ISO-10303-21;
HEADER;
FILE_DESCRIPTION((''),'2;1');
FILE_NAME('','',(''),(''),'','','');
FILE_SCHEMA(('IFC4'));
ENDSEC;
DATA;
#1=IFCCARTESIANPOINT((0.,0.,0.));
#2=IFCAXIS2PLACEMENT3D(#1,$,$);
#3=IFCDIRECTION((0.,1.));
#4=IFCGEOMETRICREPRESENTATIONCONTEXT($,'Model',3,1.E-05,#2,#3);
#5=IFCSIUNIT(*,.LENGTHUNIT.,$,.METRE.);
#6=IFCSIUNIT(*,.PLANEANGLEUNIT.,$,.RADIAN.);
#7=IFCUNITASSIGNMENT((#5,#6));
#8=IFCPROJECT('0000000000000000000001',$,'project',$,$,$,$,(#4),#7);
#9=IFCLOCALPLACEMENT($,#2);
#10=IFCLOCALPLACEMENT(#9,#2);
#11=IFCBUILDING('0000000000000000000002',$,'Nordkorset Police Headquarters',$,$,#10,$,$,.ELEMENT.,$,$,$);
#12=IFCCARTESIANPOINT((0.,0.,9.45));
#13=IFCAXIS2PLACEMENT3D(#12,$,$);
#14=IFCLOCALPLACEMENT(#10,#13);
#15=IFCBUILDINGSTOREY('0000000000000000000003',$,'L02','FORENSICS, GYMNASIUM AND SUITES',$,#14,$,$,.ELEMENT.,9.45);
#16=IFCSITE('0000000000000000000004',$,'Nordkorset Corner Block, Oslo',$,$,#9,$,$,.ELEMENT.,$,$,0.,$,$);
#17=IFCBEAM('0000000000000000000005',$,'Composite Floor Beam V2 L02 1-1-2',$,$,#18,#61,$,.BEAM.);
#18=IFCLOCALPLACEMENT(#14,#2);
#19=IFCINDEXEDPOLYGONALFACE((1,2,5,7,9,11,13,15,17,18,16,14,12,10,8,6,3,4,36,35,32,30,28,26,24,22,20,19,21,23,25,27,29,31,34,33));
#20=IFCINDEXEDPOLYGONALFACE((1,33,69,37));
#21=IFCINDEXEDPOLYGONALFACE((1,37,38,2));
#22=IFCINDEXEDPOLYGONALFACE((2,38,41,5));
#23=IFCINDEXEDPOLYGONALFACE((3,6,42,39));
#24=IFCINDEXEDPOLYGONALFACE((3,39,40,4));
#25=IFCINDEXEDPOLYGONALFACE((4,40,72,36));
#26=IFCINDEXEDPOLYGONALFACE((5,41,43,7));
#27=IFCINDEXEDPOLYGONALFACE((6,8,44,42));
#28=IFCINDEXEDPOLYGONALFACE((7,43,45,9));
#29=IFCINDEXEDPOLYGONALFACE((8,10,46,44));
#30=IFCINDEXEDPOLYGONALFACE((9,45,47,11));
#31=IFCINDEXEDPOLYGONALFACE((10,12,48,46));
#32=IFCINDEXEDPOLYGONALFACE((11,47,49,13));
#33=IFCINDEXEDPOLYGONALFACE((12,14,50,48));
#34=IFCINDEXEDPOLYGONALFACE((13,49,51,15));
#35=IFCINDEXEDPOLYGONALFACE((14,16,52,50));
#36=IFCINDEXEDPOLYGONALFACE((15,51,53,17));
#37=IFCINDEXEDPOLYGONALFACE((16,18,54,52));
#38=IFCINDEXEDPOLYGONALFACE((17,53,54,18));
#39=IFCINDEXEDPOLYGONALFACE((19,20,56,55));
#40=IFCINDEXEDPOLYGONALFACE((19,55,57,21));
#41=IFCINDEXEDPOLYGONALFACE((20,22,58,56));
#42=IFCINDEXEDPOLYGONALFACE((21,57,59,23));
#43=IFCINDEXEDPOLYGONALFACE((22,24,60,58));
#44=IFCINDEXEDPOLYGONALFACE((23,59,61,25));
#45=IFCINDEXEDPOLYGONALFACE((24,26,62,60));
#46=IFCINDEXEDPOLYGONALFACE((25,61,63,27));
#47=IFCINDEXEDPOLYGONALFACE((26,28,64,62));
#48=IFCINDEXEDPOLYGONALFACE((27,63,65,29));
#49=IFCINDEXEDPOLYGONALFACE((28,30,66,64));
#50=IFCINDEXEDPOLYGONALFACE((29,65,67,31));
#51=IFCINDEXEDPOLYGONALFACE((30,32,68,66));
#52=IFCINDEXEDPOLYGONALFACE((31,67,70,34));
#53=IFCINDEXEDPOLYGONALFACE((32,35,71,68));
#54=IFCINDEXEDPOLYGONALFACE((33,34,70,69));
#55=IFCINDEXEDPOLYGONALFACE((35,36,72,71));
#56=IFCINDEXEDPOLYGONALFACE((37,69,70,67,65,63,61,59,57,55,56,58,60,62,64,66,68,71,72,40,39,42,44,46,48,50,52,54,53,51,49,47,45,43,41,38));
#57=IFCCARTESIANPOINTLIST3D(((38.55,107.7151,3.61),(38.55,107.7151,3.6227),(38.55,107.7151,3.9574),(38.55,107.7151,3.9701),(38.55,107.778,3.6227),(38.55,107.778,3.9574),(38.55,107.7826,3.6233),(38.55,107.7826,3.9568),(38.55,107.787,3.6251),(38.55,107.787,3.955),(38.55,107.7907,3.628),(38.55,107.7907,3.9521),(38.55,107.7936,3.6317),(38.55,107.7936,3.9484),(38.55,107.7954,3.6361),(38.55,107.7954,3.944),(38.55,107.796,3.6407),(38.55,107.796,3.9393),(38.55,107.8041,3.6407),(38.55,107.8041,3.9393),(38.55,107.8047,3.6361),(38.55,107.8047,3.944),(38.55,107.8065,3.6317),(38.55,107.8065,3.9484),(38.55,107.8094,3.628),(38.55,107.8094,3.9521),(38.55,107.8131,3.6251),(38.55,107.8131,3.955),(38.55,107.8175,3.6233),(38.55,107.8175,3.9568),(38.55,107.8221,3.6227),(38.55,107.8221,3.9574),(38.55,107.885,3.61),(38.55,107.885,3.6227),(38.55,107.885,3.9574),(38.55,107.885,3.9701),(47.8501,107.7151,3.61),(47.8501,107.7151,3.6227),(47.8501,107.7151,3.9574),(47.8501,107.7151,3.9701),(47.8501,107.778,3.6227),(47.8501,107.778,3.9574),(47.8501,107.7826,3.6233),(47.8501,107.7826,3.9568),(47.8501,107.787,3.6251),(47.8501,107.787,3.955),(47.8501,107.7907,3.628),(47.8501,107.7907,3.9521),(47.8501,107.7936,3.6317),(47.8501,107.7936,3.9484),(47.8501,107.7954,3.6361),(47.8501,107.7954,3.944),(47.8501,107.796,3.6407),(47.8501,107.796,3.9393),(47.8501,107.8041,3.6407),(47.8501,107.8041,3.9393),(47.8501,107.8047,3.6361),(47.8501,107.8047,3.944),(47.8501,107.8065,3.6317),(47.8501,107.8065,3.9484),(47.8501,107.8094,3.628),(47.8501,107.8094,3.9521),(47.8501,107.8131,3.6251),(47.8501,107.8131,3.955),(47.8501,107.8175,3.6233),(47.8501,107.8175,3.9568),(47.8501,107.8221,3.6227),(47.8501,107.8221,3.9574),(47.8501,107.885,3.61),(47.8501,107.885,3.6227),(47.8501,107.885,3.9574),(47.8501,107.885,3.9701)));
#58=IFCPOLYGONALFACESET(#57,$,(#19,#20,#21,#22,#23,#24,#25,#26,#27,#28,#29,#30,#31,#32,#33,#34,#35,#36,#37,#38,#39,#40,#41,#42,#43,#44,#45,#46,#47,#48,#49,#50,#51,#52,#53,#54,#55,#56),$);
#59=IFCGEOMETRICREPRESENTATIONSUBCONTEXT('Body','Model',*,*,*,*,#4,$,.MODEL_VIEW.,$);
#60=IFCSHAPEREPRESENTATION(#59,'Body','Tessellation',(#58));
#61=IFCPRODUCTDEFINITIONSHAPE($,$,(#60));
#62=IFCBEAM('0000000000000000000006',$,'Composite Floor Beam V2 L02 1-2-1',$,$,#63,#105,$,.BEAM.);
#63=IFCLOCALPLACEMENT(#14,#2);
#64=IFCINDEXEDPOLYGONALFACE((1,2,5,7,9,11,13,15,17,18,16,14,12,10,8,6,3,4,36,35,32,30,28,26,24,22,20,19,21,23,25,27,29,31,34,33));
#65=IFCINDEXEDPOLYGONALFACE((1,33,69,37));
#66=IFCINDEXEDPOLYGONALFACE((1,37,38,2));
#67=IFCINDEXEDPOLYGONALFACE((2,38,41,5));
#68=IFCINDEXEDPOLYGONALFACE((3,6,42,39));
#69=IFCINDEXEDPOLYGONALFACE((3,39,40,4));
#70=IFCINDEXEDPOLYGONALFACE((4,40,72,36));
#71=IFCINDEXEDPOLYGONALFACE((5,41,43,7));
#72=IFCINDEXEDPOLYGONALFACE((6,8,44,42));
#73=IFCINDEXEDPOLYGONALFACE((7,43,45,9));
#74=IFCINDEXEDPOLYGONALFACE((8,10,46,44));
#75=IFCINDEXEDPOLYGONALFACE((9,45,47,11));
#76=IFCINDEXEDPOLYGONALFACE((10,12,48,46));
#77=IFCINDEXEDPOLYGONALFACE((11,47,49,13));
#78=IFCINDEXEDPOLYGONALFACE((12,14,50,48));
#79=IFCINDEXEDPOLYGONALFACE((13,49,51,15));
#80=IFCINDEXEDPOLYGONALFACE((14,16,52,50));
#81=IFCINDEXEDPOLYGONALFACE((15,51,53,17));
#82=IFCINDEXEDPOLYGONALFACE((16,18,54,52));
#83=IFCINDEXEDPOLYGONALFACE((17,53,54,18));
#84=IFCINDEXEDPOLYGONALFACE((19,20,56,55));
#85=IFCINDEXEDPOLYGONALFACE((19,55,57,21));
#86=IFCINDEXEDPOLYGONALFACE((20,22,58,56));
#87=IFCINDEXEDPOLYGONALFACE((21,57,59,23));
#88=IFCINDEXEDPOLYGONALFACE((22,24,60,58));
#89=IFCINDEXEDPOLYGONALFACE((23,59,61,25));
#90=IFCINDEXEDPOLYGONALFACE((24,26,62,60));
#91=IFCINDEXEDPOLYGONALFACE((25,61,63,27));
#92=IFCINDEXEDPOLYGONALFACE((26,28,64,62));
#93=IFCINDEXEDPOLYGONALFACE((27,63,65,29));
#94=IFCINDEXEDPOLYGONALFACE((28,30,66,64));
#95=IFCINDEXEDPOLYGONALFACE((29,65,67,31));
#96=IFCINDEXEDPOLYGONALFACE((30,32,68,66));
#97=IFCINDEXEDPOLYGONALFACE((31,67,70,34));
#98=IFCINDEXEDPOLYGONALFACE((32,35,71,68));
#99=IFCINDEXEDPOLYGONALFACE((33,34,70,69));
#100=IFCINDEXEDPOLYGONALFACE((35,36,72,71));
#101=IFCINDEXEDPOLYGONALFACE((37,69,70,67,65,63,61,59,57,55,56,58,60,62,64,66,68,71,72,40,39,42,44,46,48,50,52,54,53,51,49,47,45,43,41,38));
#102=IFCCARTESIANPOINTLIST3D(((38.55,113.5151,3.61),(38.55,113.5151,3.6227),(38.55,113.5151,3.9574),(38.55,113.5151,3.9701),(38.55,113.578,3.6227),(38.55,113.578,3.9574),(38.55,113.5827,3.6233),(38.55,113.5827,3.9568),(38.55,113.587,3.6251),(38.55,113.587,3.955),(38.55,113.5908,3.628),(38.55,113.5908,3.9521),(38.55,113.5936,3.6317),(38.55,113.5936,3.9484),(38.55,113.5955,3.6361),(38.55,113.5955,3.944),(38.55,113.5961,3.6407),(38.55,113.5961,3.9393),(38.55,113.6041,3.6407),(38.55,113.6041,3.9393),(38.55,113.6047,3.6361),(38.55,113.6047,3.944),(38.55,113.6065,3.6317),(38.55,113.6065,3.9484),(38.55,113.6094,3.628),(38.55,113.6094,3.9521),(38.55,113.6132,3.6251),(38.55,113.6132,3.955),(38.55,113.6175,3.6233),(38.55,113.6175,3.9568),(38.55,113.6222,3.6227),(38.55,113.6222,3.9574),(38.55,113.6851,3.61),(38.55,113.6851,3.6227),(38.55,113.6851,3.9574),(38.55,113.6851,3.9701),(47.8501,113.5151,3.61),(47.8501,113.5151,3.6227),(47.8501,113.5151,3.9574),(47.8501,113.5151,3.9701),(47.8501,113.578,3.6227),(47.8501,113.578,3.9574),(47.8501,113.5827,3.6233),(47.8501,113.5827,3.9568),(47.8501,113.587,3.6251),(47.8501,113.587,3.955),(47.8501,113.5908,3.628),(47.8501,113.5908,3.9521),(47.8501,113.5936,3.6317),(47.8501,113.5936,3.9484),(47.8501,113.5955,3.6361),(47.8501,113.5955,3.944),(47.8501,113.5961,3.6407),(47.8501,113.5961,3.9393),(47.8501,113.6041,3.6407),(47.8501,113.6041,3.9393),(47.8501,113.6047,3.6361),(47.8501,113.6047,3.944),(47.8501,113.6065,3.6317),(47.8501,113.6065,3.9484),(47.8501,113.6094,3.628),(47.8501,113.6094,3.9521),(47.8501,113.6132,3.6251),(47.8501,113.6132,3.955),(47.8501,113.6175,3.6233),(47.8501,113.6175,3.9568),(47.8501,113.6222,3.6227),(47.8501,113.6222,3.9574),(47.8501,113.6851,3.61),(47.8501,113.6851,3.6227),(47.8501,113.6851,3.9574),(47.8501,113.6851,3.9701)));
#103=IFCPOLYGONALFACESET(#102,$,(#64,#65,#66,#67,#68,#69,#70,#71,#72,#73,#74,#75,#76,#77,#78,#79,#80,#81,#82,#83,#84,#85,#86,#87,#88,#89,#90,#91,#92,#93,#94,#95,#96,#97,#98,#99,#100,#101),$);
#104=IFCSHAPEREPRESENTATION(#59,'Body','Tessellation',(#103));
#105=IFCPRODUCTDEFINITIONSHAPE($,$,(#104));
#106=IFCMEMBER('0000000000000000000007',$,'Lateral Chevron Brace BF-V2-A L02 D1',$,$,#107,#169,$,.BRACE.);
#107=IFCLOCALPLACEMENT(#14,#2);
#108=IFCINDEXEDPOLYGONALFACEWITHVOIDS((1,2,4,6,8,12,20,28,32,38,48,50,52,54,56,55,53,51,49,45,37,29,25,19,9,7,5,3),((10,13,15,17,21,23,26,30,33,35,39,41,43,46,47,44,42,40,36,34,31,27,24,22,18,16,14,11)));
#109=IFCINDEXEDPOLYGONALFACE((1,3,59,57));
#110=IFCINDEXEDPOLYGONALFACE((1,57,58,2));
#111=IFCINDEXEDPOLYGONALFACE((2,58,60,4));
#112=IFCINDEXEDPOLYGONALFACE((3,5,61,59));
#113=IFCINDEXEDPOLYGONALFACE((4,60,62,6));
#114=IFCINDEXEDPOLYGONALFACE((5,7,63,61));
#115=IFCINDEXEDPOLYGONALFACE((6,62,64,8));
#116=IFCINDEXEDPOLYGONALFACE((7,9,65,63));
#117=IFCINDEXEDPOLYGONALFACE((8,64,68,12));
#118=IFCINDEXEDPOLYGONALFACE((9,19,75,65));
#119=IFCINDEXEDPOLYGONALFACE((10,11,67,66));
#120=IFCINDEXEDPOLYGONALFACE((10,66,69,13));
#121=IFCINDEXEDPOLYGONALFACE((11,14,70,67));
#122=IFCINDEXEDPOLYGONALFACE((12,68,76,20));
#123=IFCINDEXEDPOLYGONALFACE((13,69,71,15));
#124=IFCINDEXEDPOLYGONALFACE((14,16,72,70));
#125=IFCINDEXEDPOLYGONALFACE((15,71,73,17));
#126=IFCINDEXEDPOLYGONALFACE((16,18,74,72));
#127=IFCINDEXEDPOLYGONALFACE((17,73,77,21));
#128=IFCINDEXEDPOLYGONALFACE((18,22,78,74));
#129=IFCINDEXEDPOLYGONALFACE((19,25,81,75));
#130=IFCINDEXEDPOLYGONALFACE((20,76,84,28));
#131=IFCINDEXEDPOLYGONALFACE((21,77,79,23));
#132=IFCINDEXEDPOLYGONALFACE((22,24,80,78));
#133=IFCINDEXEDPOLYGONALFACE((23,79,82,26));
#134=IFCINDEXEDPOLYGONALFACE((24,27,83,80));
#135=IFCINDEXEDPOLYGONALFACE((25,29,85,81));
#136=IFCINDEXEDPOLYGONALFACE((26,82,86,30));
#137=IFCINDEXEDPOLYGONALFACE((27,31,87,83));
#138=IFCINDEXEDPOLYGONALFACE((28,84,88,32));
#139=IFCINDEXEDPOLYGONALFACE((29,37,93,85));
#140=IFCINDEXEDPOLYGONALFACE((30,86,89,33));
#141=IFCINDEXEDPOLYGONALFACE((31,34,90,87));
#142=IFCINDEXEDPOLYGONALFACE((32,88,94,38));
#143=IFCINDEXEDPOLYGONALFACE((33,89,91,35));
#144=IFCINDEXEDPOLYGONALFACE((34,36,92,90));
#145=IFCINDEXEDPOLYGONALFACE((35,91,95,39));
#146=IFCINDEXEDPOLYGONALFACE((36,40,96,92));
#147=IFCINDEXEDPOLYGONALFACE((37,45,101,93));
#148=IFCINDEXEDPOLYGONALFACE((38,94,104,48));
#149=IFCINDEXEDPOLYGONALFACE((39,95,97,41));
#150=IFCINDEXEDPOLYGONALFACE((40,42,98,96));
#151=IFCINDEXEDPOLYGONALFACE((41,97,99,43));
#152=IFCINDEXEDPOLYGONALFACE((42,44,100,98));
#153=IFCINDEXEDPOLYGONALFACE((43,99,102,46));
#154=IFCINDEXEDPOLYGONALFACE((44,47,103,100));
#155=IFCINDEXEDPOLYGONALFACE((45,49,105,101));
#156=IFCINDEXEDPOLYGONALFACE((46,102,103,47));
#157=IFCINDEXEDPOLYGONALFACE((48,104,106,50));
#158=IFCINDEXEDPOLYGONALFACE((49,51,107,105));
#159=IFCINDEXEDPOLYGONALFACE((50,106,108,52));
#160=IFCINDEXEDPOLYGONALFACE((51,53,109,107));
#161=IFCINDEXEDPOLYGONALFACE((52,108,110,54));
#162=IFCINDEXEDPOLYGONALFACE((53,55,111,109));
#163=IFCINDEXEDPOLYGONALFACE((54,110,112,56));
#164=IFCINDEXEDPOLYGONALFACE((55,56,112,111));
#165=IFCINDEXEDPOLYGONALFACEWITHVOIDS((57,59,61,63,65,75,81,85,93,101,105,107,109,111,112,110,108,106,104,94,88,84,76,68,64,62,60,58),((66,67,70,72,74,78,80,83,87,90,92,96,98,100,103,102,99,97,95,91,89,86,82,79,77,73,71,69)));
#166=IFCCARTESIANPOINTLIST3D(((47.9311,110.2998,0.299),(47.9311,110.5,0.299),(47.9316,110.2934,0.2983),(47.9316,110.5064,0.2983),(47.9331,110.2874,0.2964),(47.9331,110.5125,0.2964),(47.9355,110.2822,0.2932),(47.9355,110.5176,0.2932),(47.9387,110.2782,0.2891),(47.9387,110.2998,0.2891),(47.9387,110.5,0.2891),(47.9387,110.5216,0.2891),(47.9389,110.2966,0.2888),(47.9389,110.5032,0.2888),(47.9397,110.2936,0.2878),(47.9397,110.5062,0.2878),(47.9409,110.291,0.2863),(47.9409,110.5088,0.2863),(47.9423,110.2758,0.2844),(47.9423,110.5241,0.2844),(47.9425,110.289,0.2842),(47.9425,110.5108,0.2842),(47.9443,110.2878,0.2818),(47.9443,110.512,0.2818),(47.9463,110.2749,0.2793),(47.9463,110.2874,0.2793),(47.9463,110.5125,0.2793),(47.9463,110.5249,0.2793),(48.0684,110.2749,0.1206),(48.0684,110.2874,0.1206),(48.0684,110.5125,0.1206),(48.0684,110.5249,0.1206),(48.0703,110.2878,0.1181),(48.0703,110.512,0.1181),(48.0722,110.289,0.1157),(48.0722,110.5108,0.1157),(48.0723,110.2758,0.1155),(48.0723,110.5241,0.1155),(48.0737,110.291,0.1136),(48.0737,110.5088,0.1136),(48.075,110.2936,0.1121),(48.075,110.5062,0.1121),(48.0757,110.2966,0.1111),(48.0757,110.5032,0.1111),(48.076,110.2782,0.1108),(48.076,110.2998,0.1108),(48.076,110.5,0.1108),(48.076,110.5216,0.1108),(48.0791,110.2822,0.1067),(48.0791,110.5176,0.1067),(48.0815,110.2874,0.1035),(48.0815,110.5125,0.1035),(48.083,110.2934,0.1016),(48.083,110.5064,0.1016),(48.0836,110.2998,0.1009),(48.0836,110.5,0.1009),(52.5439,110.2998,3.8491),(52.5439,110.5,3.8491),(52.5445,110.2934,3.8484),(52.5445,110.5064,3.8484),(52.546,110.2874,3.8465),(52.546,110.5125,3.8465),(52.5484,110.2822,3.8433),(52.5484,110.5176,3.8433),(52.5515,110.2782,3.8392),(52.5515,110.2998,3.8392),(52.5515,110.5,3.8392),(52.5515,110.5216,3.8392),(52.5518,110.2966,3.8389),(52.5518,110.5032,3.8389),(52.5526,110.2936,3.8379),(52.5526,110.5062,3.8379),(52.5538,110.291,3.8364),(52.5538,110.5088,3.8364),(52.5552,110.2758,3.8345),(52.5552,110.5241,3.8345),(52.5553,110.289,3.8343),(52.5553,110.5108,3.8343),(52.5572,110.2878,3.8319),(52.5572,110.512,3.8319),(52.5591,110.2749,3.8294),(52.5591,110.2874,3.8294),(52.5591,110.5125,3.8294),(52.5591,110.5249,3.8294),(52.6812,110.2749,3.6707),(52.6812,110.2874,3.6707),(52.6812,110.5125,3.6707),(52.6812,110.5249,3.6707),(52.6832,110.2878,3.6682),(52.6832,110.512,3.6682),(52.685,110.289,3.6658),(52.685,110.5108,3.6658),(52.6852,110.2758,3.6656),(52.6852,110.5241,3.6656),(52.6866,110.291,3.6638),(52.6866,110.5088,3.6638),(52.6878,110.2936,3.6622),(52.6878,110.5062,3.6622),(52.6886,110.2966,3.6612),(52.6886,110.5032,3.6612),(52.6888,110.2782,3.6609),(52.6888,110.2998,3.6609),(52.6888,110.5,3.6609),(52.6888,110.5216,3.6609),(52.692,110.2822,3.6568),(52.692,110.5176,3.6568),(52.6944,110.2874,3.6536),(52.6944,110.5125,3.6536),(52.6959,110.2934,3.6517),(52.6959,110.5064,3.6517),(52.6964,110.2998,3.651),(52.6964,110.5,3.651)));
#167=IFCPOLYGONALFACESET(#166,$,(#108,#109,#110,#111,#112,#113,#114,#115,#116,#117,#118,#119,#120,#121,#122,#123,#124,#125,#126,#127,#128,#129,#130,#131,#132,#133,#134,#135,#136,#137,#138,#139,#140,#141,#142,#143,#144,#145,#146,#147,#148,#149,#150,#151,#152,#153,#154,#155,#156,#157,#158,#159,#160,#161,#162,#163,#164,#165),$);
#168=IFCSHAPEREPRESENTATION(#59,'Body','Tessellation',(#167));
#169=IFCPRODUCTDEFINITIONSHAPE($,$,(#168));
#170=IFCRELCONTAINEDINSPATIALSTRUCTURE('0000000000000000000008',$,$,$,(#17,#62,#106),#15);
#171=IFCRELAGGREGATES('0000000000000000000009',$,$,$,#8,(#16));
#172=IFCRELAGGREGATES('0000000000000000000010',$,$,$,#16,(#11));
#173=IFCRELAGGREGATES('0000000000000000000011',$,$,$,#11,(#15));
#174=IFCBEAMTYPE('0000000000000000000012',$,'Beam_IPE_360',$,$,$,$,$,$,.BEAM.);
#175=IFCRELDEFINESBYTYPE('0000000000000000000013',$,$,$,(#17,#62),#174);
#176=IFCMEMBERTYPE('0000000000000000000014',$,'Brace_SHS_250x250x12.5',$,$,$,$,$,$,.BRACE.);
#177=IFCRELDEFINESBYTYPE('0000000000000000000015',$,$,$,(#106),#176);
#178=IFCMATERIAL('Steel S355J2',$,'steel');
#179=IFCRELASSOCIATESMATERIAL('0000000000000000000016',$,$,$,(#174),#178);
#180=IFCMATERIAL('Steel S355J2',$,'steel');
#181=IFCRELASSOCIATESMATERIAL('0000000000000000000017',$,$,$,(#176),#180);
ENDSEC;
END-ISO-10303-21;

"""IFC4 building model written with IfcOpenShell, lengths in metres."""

from ifc_helpers import new_model, si_unit, direction, frame, origin, origin_2d, place, context, subcontext, project, spatial, hollow_rectangle, i_section, extrude, material, material_profile, profile_set, type_object, element, save


model = new_model("IFC4")

# Units and contexts
model_context = context("Model", 3, precision=1e-05, world=origin(), true_north=direction((0.0, 1.0)))
body_context = subcontext(model_context, "Body", "Model", "MODEL_VIEW")
ifc_project = project(units=[si_unit("LENGTHUNIT", "METRE"), si_unit("PLANEANGLEUNIT", "RADIAN")], contexts=[model_context])

# Site, building, storey
site_placement = place(None, origin())
site = spatial("IfcSite", under=ifc_project, at=site_placement, Name="Nordkorset Corner Block, Oslo", CompositionType="ELEMENT", RefElevation=0.0)
building_placement = place(site_placement, origin())
building = spatial("IfcBuilding", under=site, at=building_placement, Name="Nordkorset Police Headquarters", CompositionType="ELEMENT")
storey_placement = place(building_placement, frame((0.0, 0.0, 9.45)))
storey = spatial("IfcBuildingStorey", under=building, at=storey_placement, Name="L02", Description="FORENSICS, GYMNASIUM AND SUITES", CompositionType="ELEMENT", Elevation=9.45)

# Beams
ifc_material_1 = material(Name="Steel S355J2", Category="steel")
ifc_material_profile_1 = material_profile(ifc_material_1, i_section(OverallWidth=0.1699, OverallDepth=0.3601, WebThickness=0.0081, FlangeThickness=0.0127, FilletRadius=0.0181, at=origin_2d()), Name="IPE 360")
ifc_profile_set_1 = profile_set([ifc_material_profile_1], Name="Steel S355J2")
beam_type_1 = type_object("IfcBeamType", Name="Beam_IPE_360", PredefinedType="BEAM", material=ifc_profile_set_1)
for number, where, z_axis, x_axis, name in (
    (1, (38.55, 107.8, 3.79), (1.0, 0.0, 0.0), (0.0, 1.0, 0.0), "Composite Floor Beam V2 L02 1-1-2"),
    (2, (38.55, 113.6001, 3.79), (1.0, 0.0, 0.0), (0.0, 1.0, 0.0), "Composite Floor Beam V2 L02 1-2-1"),
):
    element("IfcBeam", number, at=place(storey_placement, frame(where, z_axis=z_axis, x_axis=x_axis)), inside=storey, type_object=beam_type_1, Name=name, PredefinedType="BEAM", context=body_context, shape_type="SweptSolid", body=[
        extrude(i_section(OverallWidth=0.1699, OverallDepth=0.3601, WebThickness=0.0081, FlangeThickness=0.0127, FilletRadius=0.0181, at=origin_2d()), origin(), (0.0, 0.0, 1.0), 9.3),
    ])

# Member
ifc_material_2 = material(Name="Steel S355J2", Category="steel")
ifc_material_profile_2 = material_profile(ifc_material_2, hollow_rectangle(XDim=0.25, YDim=0.25, WallThickness=0.0125, InnerFilletRadius=0.0125, OuterFilletRadius=0.0249, at=origin_2d()), Name="SHS 250x250x12.5")
ifc_profile_set_2 = profile_set([ifc_material_profile_2], Name="Steel S355J2")
member_type = type_object("IfcMemberType", Name="Brace_SHS_250x250x12.5", PredefinedType="BRACE", material=ifc_profile_set_2)
member_placement = place(storey_placement, frame((48.0073, 110.3999, 0.2), z_axis=(0.792479, 0.0, 0.609899), x_axis=(0.0, 1.0, 0.0)))
element("IfcMember", 3, at=member_placement, inside=storey, type_object=member_type, Name="Lateral Chevron Brace BF-V2-A L02 D1", PredefinedType="BRACE", context=body_context, shape_type="SweptSolid", body=[
    extrude(hollow_rectangle(XDim=0.25, YDim=0.25, WallThickness=0.0125, InnerFilletRadius=0.0125, OuterFilletRadius=0.0249, at=origin_2d()), origin(), (0.0, 0.0, 1.0), 5.8208),
])

save(model, "model.ifc")
